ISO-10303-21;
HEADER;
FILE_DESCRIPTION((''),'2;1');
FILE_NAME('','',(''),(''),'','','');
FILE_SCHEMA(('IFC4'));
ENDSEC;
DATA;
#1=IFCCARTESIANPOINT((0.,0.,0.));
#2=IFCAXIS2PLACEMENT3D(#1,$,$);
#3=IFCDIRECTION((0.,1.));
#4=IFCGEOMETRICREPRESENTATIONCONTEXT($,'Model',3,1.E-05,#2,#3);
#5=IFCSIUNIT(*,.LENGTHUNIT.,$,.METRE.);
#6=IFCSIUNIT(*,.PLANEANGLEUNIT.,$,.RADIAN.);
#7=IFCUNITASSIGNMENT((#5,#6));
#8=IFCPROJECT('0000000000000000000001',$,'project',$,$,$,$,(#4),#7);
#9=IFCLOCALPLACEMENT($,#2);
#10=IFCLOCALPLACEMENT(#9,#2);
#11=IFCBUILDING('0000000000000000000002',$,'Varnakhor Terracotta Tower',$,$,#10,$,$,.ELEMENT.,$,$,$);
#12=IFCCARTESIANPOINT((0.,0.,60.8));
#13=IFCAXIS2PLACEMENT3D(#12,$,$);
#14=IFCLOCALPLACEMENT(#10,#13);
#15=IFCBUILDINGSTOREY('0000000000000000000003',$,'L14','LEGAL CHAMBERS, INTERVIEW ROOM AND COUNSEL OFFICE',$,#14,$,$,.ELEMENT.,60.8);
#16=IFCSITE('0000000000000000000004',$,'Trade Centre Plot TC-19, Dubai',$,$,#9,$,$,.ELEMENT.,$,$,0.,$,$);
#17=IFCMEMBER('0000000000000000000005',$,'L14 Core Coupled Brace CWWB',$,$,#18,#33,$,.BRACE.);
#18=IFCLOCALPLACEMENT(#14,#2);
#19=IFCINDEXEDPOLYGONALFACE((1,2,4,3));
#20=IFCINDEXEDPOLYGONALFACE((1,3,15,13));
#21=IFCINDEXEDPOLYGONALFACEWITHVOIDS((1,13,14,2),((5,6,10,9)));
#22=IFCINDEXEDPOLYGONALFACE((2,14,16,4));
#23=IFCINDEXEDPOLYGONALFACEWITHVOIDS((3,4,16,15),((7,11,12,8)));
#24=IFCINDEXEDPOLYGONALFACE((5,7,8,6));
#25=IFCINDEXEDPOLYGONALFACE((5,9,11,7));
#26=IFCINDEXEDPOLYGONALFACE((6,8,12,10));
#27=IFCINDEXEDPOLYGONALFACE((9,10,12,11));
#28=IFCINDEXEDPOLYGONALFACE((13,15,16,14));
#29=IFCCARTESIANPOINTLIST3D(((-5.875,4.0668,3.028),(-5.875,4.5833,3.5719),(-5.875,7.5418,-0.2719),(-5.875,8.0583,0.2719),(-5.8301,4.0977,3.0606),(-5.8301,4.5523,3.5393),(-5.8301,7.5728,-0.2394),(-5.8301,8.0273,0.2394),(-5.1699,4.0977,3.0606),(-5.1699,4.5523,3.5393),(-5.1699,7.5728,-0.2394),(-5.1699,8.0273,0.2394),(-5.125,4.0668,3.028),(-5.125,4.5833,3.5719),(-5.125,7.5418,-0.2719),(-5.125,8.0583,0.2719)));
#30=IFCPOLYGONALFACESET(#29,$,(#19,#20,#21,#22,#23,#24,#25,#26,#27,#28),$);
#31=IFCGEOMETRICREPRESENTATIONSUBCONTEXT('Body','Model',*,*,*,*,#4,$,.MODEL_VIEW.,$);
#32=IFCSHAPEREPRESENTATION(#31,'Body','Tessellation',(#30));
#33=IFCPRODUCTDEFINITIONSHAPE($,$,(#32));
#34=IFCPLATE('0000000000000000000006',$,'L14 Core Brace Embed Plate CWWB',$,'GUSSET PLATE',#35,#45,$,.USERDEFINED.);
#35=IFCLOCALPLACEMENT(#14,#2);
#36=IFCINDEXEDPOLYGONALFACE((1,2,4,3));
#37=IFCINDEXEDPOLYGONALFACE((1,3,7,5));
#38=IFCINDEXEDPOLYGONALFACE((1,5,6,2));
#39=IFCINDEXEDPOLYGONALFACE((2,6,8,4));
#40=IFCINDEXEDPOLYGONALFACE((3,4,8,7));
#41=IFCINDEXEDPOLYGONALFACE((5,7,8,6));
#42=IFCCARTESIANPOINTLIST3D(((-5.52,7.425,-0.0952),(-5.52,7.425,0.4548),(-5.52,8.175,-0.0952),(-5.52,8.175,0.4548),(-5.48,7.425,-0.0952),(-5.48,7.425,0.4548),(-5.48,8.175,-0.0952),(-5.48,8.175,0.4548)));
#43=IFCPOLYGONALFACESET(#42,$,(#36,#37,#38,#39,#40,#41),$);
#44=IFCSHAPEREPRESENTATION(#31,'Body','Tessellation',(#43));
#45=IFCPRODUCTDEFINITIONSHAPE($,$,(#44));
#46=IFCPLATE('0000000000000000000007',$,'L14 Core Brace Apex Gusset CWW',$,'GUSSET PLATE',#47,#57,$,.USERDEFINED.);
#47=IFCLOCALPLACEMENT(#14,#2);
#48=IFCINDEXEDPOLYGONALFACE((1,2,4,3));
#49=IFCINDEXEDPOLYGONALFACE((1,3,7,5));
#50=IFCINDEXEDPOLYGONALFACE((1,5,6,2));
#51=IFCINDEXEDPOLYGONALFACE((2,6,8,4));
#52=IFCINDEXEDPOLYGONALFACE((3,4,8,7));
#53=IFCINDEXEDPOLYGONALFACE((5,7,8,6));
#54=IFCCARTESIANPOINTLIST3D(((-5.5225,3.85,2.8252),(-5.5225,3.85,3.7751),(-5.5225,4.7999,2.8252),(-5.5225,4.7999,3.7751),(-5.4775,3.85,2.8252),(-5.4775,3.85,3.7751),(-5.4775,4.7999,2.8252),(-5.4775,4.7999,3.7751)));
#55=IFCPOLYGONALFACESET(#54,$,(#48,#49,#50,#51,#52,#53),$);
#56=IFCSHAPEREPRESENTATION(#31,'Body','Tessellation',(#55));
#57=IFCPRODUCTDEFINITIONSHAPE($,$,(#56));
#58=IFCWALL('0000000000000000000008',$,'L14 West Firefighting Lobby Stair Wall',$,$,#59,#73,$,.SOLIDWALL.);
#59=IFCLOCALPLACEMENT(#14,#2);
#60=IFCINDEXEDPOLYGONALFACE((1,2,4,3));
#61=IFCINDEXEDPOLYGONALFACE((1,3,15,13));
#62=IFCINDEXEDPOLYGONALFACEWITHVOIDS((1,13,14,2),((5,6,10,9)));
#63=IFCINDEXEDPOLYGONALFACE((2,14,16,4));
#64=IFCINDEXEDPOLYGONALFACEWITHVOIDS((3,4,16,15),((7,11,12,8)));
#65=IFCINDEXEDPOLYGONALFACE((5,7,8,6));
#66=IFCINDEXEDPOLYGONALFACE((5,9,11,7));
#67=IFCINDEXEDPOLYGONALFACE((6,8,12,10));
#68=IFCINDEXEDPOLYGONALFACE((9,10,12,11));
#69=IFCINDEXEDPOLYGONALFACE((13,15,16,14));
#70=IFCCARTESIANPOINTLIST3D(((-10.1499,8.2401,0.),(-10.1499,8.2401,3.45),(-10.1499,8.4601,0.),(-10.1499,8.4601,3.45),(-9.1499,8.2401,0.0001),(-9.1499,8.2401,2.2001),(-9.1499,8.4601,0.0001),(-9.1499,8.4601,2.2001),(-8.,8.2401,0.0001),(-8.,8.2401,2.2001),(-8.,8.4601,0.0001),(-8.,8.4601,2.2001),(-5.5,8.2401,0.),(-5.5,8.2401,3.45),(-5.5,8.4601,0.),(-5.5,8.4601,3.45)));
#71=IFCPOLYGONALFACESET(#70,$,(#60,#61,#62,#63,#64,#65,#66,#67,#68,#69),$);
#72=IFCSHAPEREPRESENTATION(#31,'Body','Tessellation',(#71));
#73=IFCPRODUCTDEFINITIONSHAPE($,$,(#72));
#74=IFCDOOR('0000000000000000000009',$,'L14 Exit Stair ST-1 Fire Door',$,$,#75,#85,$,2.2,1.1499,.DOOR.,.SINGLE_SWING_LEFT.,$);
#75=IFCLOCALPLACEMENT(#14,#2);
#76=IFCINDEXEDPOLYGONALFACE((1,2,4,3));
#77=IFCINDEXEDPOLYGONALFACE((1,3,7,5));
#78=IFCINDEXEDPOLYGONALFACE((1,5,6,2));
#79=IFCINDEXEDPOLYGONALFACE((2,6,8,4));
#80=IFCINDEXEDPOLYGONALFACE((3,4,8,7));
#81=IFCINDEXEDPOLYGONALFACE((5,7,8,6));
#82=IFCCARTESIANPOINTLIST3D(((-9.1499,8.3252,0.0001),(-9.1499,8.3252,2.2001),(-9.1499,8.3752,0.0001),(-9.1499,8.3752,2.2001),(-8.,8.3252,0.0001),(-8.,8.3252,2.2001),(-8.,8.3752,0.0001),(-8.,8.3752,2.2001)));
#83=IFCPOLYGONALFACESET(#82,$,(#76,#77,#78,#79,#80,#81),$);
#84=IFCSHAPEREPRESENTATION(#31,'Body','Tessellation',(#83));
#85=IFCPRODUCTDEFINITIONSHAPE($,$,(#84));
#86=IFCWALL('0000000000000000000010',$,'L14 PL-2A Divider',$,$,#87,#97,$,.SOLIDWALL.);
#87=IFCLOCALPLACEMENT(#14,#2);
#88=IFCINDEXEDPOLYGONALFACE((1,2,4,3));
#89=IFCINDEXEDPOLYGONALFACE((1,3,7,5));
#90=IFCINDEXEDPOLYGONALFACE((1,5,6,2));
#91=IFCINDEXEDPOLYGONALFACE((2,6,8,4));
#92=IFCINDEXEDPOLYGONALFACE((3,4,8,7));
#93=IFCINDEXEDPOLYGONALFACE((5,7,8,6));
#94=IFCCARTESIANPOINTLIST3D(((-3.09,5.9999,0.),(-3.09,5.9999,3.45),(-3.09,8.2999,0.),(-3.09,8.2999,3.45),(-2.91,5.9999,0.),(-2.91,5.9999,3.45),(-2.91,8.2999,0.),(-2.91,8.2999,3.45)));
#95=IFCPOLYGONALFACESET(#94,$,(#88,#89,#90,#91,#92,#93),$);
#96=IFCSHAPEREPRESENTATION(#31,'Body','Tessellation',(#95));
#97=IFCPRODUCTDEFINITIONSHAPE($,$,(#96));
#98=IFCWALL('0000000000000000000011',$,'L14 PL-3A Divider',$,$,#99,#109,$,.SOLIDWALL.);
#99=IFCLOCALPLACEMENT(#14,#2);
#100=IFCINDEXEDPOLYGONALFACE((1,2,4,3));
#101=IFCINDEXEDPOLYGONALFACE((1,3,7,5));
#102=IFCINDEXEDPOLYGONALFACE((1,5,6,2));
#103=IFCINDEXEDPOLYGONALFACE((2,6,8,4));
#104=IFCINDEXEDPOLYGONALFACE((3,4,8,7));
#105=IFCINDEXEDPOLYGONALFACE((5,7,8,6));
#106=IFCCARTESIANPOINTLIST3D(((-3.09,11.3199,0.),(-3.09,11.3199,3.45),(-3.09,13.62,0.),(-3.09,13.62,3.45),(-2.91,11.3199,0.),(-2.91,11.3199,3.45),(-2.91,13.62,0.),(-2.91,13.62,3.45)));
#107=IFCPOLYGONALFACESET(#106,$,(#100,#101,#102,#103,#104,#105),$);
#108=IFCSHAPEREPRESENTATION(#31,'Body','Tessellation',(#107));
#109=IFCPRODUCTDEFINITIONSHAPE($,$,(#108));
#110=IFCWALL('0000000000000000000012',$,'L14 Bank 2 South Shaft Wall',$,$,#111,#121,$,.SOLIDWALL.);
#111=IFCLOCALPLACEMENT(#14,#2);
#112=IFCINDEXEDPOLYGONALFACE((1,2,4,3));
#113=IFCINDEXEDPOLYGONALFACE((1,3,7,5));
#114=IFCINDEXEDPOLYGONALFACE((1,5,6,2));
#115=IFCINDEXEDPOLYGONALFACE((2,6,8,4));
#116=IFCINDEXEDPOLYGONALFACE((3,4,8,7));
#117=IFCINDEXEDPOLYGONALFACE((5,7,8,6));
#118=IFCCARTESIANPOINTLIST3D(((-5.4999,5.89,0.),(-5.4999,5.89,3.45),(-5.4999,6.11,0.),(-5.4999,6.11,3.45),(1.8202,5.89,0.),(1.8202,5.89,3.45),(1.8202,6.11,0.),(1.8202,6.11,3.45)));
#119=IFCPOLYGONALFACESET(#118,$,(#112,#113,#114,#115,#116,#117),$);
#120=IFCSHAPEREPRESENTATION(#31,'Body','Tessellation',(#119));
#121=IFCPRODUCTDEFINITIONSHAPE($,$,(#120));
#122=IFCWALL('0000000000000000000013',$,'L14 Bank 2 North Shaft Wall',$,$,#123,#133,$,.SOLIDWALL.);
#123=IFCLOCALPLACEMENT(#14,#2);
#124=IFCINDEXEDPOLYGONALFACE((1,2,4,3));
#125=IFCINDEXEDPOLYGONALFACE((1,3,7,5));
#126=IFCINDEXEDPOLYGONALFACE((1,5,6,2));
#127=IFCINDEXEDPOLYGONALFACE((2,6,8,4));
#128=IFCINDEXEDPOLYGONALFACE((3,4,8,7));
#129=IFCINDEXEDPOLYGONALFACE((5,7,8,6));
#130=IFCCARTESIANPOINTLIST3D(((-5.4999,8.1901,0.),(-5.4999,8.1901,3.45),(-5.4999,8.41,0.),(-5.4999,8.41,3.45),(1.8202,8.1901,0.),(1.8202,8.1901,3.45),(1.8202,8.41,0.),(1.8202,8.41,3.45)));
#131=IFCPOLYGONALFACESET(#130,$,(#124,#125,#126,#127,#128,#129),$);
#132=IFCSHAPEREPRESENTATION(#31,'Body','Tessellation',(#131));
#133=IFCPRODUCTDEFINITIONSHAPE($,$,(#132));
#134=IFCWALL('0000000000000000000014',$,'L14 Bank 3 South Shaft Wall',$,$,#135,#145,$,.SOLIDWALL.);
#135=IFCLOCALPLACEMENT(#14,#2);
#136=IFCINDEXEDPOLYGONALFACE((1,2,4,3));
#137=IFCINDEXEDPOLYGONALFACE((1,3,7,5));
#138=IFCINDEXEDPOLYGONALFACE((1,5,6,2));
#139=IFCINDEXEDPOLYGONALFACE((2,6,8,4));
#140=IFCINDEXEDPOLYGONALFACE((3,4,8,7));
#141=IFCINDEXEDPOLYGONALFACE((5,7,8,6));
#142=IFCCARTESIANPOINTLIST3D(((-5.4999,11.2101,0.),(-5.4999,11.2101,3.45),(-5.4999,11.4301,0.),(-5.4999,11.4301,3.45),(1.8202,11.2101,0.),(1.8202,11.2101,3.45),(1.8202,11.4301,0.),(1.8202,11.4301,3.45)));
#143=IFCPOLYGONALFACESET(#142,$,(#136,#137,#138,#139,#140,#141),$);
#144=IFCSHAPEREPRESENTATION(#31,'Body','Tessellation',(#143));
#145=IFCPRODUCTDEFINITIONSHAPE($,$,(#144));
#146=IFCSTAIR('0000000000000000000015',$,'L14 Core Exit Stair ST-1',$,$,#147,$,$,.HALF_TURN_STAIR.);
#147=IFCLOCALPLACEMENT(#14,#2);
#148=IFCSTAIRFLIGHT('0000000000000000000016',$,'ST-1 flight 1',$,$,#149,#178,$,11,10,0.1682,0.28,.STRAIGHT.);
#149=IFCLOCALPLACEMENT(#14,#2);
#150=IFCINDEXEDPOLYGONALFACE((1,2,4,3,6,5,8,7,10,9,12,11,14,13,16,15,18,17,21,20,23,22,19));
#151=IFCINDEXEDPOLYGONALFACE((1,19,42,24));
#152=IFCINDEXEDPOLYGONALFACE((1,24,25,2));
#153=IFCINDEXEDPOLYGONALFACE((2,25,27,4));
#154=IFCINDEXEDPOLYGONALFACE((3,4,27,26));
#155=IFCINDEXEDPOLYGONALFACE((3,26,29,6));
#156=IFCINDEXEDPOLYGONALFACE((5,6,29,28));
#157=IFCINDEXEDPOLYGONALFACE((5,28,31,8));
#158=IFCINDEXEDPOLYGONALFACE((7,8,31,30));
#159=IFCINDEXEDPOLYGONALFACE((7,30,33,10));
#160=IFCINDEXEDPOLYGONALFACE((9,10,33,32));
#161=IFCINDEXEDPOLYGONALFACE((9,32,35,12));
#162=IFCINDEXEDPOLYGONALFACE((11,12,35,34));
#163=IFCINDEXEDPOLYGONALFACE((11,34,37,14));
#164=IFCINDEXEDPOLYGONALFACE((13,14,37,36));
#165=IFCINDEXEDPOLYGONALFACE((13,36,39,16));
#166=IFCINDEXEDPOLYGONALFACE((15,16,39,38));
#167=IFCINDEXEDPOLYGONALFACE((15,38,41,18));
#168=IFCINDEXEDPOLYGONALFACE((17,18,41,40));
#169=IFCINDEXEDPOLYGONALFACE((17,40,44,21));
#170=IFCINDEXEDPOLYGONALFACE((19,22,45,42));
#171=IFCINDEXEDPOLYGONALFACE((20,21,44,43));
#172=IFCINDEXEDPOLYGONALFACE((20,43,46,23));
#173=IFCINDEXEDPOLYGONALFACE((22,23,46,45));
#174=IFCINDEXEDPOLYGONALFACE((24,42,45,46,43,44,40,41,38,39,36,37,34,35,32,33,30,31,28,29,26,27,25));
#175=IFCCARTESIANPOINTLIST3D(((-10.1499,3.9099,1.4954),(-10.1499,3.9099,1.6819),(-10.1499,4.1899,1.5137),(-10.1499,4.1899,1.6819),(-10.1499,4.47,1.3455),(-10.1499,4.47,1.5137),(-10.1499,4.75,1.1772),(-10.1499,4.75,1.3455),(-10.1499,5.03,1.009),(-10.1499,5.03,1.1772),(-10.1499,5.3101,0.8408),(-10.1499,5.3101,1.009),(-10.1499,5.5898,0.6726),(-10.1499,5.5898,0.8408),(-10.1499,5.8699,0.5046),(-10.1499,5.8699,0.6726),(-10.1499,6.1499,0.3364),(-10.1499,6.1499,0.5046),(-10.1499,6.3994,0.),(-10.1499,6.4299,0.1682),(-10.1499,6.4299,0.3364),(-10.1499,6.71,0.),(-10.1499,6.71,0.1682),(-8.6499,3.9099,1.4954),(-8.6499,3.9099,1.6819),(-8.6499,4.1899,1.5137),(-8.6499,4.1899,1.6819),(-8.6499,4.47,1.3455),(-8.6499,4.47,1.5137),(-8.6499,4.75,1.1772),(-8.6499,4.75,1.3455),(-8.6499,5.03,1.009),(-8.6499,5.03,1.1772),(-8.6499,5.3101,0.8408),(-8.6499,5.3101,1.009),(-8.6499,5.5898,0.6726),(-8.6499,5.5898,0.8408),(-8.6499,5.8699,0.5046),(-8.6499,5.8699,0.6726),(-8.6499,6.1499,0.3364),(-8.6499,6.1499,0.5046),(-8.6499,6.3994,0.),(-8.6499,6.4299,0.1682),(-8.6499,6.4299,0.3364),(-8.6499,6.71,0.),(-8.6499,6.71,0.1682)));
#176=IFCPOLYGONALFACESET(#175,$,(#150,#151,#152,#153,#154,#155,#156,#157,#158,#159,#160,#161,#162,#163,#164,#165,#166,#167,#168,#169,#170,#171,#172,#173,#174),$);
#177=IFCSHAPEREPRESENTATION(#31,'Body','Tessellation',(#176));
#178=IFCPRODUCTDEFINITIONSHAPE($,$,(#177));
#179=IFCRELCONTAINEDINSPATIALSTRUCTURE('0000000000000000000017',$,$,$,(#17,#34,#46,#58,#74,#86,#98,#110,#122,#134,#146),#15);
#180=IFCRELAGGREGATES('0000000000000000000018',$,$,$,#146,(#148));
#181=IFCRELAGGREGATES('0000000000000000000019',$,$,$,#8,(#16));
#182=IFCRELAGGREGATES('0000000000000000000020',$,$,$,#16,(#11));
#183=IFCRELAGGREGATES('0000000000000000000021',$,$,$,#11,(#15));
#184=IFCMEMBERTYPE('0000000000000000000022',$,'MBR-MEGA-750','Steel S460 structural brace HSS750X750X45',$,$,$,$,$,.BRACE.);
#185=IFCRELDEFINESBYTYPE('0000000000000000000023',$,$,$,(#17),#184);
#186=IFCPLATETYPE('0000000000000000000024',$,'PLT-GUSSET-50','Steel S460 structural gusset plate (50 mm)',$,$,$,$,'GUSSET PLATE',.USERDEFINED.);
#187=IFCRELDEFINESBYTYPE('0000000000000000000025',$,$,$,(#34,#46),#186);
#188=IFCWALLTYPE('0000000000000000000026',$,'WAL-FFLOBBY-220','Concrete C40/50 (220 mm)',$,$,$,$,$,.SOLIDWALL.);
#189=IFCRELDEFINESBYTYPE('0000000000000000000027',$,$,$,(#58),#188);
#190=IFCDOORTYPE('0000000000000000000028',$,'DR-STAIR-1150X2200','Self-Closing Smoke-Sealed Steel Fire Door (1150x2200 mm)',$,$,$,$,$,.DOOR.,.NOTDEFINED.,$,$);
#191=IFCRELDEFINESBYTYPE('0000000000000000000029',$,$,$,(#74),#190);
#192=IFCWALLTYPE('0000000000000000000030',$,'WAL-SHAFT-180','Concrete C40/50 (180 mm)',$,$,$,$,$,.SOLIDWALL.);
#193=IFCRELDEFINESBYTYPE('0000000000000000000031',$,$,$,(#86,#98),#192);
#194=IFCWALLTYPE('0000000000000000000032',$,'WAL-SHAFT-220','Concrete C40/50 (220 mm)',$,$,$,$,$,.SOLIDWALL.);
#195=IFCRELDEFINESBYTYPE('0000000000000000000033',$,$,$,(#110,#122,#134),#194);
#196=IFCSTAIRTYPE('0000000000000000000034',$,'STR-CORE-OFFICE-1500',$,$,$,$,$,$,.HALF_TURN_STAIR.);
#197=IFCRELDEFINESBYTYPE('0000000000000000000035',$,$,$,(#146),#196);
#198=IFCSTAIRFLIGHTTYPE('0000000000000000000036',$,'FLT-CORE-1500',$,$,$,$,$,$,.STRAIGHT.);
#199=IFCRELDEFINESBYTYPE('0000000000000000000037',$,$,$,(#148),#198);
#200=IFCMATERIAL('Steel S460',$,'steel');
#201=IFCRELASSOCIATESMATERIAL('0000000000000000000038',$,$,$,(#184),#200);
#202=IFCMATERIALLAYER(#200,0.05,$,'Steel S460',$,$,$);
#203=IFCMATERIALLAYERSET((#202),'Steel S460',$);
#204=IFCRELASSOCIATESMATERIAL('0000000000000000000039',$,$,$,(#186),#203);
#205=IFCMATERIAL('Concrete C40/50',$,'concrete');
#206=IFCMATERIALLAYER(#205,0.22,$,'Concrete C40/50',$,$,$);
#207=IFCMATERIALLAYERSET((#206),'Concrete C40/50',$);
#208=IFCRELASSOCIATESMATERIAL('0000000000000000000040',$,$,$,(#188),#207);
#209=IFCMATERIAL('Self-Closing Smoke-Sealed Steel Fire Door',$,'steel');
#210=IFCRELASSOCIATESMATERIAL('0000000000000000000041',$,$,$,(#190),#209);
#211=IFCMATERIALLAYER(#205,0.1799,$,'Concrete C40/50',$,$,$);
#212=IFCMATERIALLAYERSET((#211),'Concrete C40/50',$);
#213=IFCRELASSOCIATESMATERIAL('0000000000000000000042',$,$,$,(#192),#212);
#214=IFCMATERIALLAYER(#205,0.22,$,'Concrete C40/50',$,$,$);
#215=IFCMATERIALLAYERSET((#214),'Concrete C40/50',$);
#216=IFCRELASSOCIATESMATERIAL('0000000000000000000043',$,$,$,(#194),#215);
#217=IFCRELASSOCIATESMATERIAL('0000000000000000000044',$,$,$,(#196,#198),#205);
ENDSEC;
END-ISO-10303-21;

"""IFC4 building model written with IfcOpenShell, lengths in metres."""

from ifc_helpers import new_model, si_unit, direction, frame, frame_2d, origin, origin_2d, place, context, subcontext, project, spatial, polyline, rectangle, hollow_rectangle, outline, extrude, source, transform, mapped, material, layer, layer_set, material_profile, profile_set, type_object, type_shapes, element, fill, aggregate, save


model = new_model("IFC4")

# Units and contexts
model_context = context("Model", 3, precision=1e-05, world=origin(), true_north=direction((0.0, 1.0)))
body_context = subcontext(model_context, "Body", "Model", "MODEL_VIEW")
ifc_project = project(units=[si_unit("LENGTHUNIT", "METRE"), si_unit("PLANEANGLEUNIT", "RADIAN")], contexts=[model_context])

# Site, building, storey
site_placement = place(None, origin())
site = spatial("IfcSite", under=ifc_project, at=site_placement, Name="Trade Centre Plot TC-19, Dubai", CompositionType="ELEMENT", RefElevation=0.0)
building_placement = place(site_placement, origin())
building = spatial("IfcBuilding", under=site, at=building_placement, Name="Varnakhor Terracotta Tower", CompositionType="ELEMENT")
storey_placement = place(building_placement, frame((0.0, 0.0, 60.8)))
storey = spatial("IfcBuildingStorey", under=building, at=storey_placement, Name="L14", Description="LEGAL CHAMBERS, INTERVIEW ROOM AND COUNSEL OFFICE", CompositionType="ELEMENT", Elevation=60.8)

# Member
ifc_material_1 = material(Name="Steel S460", Category="steel")
ifc_material_profile = material_profile(ifc_material_1, hollow_rectangle(XDim=0.75, YDim=0.75, WallThickness=0.0449, at=origin_2d()), Name="HSS750X750X45")
ifc_profile_set = profile_set([ifc_material_profile], Name="Steel S460")
member_type = type_object("IfcMemberType", Name="MBR-MEGA-750", Description="Steel S460 structural brace HSS750X750X45", PredefinedType="BRACE", material=ifc_profile_set)
shared_shape_1 = source(origin(), body_context, "Body", "SweptSolid", [
    extrude(hollow_rectangle(XDim=0.75, YDim=0.75, WallThickness=0.0449, at=origin_2d()), origin(), (0.0, 0.0, 1.0), 4.7922),
])
member_placement = place(storey_placement, frame((-5.5, 7.8, 0.0), z_axis=(0.0, -0.725134, 0.688608), x_axis=(1.0, 0.0, 0.0)))
element("IfcMember", 1, at=member_placement, inside=storey, type_object=member_type, Name="L14 Core Coupled Brace CWWB", PredefinedType="BRACE", context=body_context, shape_type="MappedRepresentation", body=[
    mapped(shared_shape_1, transform((0.0, 0.0, 0.0), scale=1.0)),
])

# Plates
ifc_layer_1 = layer(ifc_material_1, 0.05, Name="Steel S460")
ifc_layer_set_1 = layer_set([ifc_layer_1], Name="Steel S460")
plate_type = type_object("IfcPlateType", Name="PLT-GUSSET-50", Description="Steel S460 structural gusset plate (50 mm)", ElementType="GUSSET PLATE", PredefinedType="USERDEFINED", material=ifc_layer_set_1)
shared_shape_2 = source(origin(), body_context, "Body", "SweptSolid", [
    extrude(rectangle(XDim=0.75, YDim=0.04, at=origin_2d()), origin(), (0.0, 0.0, 1.0), 0.55),
])
type_shapes(plate_type, [shared_shape_2])
plate_1_placement = place(storey_placement, frame((-5.5, 7.8, -0.0952), z_axis=(0.0, 0.0, 1.0), x_axis=(0.0, 1.0, 0.0)))
element("IfcPlate", 2, at=plate_1_placement, inside=storey, type_object=plate_type, Name="L14 Core Brace Embed Plate CWWB", ObjectType="GUSSET PLATE", PredefinedType="USERDEFINED", context=body_context, shape_type="MappedRepresentation", body=[
    mapped(shared_shape_2, transform((0.0, 0.0, 0.0), scale=1.0)),
])
shared_shape_3 = source(origin(), body_context, "Body", "SweptSolid", [
    extrude(rectangle(XDim=0.95, YDim=0.0449, at=origin_2d()), origin(), (0.0, 0.0, 1.0), 0.95),
])
plate_2_placement = place(storey_placement, frame((-5.5, 4.325, 2.8252), z_axis=(0.0, 0.0, 1.0), x_axis=(0.0, 1.0, 0.0)))
element("IfcPlate", 3, at=plate_2_placement, inside=storey, type_object=plate_type, Name="L14 Core Brace Apex Gusset CWW", ObjectType="GUSSET PLATE", PredefinedType="USERDEFINED", context=body_context, shape_type="MappedRepresentation", body=[
    mapped(shared_shape_3, transform((0.0, 0.0, 0.0), scale=1.0)),
])

# Wall, opening, door
ifc_material_2 = material(Name="Concrete C40/50", Category="concrete")
ifc_layer_2 = layer(ifc_material_2, 0.22, Name="Concrete C40/50")
ifc_layer_set_2 = layer_set([ifc_layer_2], Name="Concrete C40/50")
wall_type_1 = type_object("IfcWallType", Name="WAL-FFLOBBY-220", Description="Concrete C40/50 (220 mm)", PredefinedType="SOLIDWALL", material=ifc_layer_set_2)
wall_placement = place(storey_placement, frame((-5.5, 8.3501, 0.0), z_axis=(0.0, 0.0, 1.0), x_axis=(-1.0, 0.0, 0.0)))
wall = element("IfcWall", 4, at=wall_placement, inside=storey, type_object=wall_type_1, Name="L14 West Firefighting Lobby Stair Wall", PredefinedType="SOLIDWALL", context=body_context, shape_type="SweptSolid", body=[
    extrude(rectangle(XDim=4.6499, YDim=0.22, at=frame_2d((2.325, 0.0))), origin(), (0.0, 0.0, 1.0), 3.45),
])
opening_placement = place(wall_placement, frame((2.5, 0.0, 0.0)))
opening = element("IfcOpeningElement", 5, at=opening_placement, cuts=wall, PredefinedType="OPENING", context=body_context, shape_type="SweptSolid", body=[
    extrude(rectangle(XDim=1.1499, YDim=2.2, at=frame_2d((0.575, 1.1001))), frame((0.0, 0.1201, 0.0), z_axis=(0.0, -1.0, 0.0), x_axis=(1.0, 0.0, 0.0)), (0.0, 0.0, 1.0), 0.24),
])
ifc_material_3 = material(Name="Self-Closing Smoke-Sealed Steel Fire Door", Category="steel")
door_type = type_object("IfcDoorType", Name="DR-STAIR-1150X2200", Description="Self-Closing Smoke-Sealed Steel Fire Door (1150x2200 mm)", OperationType="NOTDEFINED", PredefinedType="DOOR", material=ifc_material_3)
shared_shape_4 = source(origin(), body_context, "Body", "SweptSolid", [
    extrude(rectangle(XDim=1.1499, YDim=2.2, at=frame_2d((0.575, 1.1001))), frame((0.0, 0.0249, 0.0), z_axis=(0.0, -1.0, 0.0), x_axis=(1.0, 0.0, 0.0)), (0.0, 0.0, 1.0), 0.05),
])
type_shapes(door_type, [shared_shape_4])
door_placement = place(opening_placement, origin())
door = element("IfcDoor", 6, at=door_placement, inside=storey, type_object=door_type, Name="L14 Exit Stair ST-1 Fire Door", OperationType="SINGLE_SWING_LEFT", OverallHeight=2.2, OverallWidth=1.1499, PredefinedType="DOOR", context=body_context, shape_type="MappedRepresentation", body=[
    mapped(shared_shape_4, transform((0.0, 0.0, 0.0), scale=1.0)),
])
fill(opening, door)

# Walls
ifc_layer_3 = layer(ifc_material_2, 0.1799, Name="Concrete C40/50")
ifc_layer_set_3 = layer_set([ifc_layer_3], Name="Concrete C40/50")
wall_type_2 = type_object("IfcWallType", Name="WAL-SHAFT-180", Description="Concrete C40/50 (180 mm)", PredefinedType="SOLIDWALL", material=ifc_layer_set_3)
for number, where, z_axis, x_axis, name in (
    (7, (-3.0, 6.0, 0.0), (0.0, 0.0, 1.0), (0.0, 1.0, 0.0), "L14 PL-2A Divider"),
    (8, (-3.0, 11.3201, 0.0), (0.0, 0.0, 1.0), (0.0, 1.0, 0.0), "L14 PL-3A Divider"),
):
    element("IfcWall", number, at=place(storey_placement, frame(where, z_axis=z_axis, x_axis=x_axis)), inside=storey, type_object=wall_type_2, Name=name, PredefinedType="SOLIDWALL", context=body_context, shape_type="SweptSolid", body=[
        extrude(rectangle(XDim=2.3, YDim=0.1799, at=frame_2d((1.1499, 0.0))), origin(), (0.0, 0.0, 1.0), 3.45),
    ])
ifc_layer_4 = layer(ifc_material_2, 0.22, Name="Concrete C40/50")
ifc_layer_set_4 = layer_set([ifc_layer_4], Name="Concrete C40/50")
wall_type_3 = type_object("IfcWallType", Name="WAL-SHAFT-220", Description="Concrete C40/50 (220 mm)", PredefinedType="SOLIDWALL", material=ifc_layer_set_4)
for number, where, z_axis, x_axis, name in (
    (9, (-5.5, 6.0, 0.0), (0.0, 0.0, 1.0), (1.0, 0.0, 0.0), "L14 Bank 2 South Shaft Wall"),
    (10, (-5.5, 8.3, 0.0), (0.0, 0.0, 1.0), (1.0, 0.0, 0.0), "L14 Bank 2 North Shaft Wall"),
    (11, (-5.5, 11.3201, 0.0), (0.0, 0.0, 1.0), (1.0, 0.0, 0.0), "L14 Bank 3 South Shaft Wall"),
):
    element("IfcWall", number, at=place(storey_placement, frame(where, z_axis=z_axis, x_axis=x_axis)), inside=storey, type_object=wall_type_3, Name=name, PredefinedType="SOLIDWALL", context=body_context, shape_type="SweptSolid", body=[
        extrude(rectangle(XDim=7.3201, YDim=0.22, at=frame_2d((3.6602, 0.0))), origin(), (0.0, 0.0, 1.0), 3.45),
    ])

# Stair, stair flight
stair_type = type_object("IfcStairType", Name="STR-CORE-OFFICE-1500", PredefinedType="HALF_TURN_STAIR", material=ifc_material_2)
stair_placement = place(storey_placement, origin())
stair = element("IfcStair", 12, at=stair_placement, inside=storey, type_object=stair_type, Name="L14 Core Exit Stair ST-1", PredefinedType="HALF_TURN_STAIR")
stair_flight_type = type_object("IfcStairFlightType", Name="FLT-CORE-1500", PredefinedType="STRAIGHT", material=ifc_material_2)
stair_flight_1_placement = place(storey_placement, frame((-9.3999, 6.71, 0.0), z_axis=(0.0, 0.0, 1.0), x_axis=(0.0, -1.0, 0.0)))
stair_flight_1 = element("IfcStairFlight", 13, at=stair_flight_1_placement, type_object=stair_flight_type, Name="ST-1 flight 1", NumberOfRisers=11, NumberOfTreads=10, PredefinedType="STRAIGHT", RiserHeight=0.1682, TreadLength=0.28, context=body_context, shape_type="SweptSolid", body=[
    extrude(outline(polyline([(0.0, 0.0), (0.0, 0.1682), (0.28, 0.1682), (0.28, 0.3364), (0.5601, 0.3364), (0.5601, 0.5046), (0.8401, 0.5046), (0.8401, 0.6726), (1.1201, 0.6726), (1.1201, 0.8408), (1.3999, 0.8408), (1.3999, 1.009), (1.6799, 1.009), (1.6799, 1.1772), (1.96, 1.1772), (1.96, 1.3455), (2.24, 1.3455), (2.24, 1.5137), (2.52, 1.5137), (2.52, 1.6819), (2.8, 1.6819), (2.8, 1.8501), (2.8, 1.4954), (0.3105, 0.0), (0.0, 0.0)])), frame((0.0, 0.75, 0.0), z_axis=(0.0, -1.0, 0.0), x_axis=(1.0, 0.0, 0.0)), (0.0, 0.0, 1.0), 1.5),
])
aggregate(stair, [stair_flight_1])

save(model, "model.ifc")
